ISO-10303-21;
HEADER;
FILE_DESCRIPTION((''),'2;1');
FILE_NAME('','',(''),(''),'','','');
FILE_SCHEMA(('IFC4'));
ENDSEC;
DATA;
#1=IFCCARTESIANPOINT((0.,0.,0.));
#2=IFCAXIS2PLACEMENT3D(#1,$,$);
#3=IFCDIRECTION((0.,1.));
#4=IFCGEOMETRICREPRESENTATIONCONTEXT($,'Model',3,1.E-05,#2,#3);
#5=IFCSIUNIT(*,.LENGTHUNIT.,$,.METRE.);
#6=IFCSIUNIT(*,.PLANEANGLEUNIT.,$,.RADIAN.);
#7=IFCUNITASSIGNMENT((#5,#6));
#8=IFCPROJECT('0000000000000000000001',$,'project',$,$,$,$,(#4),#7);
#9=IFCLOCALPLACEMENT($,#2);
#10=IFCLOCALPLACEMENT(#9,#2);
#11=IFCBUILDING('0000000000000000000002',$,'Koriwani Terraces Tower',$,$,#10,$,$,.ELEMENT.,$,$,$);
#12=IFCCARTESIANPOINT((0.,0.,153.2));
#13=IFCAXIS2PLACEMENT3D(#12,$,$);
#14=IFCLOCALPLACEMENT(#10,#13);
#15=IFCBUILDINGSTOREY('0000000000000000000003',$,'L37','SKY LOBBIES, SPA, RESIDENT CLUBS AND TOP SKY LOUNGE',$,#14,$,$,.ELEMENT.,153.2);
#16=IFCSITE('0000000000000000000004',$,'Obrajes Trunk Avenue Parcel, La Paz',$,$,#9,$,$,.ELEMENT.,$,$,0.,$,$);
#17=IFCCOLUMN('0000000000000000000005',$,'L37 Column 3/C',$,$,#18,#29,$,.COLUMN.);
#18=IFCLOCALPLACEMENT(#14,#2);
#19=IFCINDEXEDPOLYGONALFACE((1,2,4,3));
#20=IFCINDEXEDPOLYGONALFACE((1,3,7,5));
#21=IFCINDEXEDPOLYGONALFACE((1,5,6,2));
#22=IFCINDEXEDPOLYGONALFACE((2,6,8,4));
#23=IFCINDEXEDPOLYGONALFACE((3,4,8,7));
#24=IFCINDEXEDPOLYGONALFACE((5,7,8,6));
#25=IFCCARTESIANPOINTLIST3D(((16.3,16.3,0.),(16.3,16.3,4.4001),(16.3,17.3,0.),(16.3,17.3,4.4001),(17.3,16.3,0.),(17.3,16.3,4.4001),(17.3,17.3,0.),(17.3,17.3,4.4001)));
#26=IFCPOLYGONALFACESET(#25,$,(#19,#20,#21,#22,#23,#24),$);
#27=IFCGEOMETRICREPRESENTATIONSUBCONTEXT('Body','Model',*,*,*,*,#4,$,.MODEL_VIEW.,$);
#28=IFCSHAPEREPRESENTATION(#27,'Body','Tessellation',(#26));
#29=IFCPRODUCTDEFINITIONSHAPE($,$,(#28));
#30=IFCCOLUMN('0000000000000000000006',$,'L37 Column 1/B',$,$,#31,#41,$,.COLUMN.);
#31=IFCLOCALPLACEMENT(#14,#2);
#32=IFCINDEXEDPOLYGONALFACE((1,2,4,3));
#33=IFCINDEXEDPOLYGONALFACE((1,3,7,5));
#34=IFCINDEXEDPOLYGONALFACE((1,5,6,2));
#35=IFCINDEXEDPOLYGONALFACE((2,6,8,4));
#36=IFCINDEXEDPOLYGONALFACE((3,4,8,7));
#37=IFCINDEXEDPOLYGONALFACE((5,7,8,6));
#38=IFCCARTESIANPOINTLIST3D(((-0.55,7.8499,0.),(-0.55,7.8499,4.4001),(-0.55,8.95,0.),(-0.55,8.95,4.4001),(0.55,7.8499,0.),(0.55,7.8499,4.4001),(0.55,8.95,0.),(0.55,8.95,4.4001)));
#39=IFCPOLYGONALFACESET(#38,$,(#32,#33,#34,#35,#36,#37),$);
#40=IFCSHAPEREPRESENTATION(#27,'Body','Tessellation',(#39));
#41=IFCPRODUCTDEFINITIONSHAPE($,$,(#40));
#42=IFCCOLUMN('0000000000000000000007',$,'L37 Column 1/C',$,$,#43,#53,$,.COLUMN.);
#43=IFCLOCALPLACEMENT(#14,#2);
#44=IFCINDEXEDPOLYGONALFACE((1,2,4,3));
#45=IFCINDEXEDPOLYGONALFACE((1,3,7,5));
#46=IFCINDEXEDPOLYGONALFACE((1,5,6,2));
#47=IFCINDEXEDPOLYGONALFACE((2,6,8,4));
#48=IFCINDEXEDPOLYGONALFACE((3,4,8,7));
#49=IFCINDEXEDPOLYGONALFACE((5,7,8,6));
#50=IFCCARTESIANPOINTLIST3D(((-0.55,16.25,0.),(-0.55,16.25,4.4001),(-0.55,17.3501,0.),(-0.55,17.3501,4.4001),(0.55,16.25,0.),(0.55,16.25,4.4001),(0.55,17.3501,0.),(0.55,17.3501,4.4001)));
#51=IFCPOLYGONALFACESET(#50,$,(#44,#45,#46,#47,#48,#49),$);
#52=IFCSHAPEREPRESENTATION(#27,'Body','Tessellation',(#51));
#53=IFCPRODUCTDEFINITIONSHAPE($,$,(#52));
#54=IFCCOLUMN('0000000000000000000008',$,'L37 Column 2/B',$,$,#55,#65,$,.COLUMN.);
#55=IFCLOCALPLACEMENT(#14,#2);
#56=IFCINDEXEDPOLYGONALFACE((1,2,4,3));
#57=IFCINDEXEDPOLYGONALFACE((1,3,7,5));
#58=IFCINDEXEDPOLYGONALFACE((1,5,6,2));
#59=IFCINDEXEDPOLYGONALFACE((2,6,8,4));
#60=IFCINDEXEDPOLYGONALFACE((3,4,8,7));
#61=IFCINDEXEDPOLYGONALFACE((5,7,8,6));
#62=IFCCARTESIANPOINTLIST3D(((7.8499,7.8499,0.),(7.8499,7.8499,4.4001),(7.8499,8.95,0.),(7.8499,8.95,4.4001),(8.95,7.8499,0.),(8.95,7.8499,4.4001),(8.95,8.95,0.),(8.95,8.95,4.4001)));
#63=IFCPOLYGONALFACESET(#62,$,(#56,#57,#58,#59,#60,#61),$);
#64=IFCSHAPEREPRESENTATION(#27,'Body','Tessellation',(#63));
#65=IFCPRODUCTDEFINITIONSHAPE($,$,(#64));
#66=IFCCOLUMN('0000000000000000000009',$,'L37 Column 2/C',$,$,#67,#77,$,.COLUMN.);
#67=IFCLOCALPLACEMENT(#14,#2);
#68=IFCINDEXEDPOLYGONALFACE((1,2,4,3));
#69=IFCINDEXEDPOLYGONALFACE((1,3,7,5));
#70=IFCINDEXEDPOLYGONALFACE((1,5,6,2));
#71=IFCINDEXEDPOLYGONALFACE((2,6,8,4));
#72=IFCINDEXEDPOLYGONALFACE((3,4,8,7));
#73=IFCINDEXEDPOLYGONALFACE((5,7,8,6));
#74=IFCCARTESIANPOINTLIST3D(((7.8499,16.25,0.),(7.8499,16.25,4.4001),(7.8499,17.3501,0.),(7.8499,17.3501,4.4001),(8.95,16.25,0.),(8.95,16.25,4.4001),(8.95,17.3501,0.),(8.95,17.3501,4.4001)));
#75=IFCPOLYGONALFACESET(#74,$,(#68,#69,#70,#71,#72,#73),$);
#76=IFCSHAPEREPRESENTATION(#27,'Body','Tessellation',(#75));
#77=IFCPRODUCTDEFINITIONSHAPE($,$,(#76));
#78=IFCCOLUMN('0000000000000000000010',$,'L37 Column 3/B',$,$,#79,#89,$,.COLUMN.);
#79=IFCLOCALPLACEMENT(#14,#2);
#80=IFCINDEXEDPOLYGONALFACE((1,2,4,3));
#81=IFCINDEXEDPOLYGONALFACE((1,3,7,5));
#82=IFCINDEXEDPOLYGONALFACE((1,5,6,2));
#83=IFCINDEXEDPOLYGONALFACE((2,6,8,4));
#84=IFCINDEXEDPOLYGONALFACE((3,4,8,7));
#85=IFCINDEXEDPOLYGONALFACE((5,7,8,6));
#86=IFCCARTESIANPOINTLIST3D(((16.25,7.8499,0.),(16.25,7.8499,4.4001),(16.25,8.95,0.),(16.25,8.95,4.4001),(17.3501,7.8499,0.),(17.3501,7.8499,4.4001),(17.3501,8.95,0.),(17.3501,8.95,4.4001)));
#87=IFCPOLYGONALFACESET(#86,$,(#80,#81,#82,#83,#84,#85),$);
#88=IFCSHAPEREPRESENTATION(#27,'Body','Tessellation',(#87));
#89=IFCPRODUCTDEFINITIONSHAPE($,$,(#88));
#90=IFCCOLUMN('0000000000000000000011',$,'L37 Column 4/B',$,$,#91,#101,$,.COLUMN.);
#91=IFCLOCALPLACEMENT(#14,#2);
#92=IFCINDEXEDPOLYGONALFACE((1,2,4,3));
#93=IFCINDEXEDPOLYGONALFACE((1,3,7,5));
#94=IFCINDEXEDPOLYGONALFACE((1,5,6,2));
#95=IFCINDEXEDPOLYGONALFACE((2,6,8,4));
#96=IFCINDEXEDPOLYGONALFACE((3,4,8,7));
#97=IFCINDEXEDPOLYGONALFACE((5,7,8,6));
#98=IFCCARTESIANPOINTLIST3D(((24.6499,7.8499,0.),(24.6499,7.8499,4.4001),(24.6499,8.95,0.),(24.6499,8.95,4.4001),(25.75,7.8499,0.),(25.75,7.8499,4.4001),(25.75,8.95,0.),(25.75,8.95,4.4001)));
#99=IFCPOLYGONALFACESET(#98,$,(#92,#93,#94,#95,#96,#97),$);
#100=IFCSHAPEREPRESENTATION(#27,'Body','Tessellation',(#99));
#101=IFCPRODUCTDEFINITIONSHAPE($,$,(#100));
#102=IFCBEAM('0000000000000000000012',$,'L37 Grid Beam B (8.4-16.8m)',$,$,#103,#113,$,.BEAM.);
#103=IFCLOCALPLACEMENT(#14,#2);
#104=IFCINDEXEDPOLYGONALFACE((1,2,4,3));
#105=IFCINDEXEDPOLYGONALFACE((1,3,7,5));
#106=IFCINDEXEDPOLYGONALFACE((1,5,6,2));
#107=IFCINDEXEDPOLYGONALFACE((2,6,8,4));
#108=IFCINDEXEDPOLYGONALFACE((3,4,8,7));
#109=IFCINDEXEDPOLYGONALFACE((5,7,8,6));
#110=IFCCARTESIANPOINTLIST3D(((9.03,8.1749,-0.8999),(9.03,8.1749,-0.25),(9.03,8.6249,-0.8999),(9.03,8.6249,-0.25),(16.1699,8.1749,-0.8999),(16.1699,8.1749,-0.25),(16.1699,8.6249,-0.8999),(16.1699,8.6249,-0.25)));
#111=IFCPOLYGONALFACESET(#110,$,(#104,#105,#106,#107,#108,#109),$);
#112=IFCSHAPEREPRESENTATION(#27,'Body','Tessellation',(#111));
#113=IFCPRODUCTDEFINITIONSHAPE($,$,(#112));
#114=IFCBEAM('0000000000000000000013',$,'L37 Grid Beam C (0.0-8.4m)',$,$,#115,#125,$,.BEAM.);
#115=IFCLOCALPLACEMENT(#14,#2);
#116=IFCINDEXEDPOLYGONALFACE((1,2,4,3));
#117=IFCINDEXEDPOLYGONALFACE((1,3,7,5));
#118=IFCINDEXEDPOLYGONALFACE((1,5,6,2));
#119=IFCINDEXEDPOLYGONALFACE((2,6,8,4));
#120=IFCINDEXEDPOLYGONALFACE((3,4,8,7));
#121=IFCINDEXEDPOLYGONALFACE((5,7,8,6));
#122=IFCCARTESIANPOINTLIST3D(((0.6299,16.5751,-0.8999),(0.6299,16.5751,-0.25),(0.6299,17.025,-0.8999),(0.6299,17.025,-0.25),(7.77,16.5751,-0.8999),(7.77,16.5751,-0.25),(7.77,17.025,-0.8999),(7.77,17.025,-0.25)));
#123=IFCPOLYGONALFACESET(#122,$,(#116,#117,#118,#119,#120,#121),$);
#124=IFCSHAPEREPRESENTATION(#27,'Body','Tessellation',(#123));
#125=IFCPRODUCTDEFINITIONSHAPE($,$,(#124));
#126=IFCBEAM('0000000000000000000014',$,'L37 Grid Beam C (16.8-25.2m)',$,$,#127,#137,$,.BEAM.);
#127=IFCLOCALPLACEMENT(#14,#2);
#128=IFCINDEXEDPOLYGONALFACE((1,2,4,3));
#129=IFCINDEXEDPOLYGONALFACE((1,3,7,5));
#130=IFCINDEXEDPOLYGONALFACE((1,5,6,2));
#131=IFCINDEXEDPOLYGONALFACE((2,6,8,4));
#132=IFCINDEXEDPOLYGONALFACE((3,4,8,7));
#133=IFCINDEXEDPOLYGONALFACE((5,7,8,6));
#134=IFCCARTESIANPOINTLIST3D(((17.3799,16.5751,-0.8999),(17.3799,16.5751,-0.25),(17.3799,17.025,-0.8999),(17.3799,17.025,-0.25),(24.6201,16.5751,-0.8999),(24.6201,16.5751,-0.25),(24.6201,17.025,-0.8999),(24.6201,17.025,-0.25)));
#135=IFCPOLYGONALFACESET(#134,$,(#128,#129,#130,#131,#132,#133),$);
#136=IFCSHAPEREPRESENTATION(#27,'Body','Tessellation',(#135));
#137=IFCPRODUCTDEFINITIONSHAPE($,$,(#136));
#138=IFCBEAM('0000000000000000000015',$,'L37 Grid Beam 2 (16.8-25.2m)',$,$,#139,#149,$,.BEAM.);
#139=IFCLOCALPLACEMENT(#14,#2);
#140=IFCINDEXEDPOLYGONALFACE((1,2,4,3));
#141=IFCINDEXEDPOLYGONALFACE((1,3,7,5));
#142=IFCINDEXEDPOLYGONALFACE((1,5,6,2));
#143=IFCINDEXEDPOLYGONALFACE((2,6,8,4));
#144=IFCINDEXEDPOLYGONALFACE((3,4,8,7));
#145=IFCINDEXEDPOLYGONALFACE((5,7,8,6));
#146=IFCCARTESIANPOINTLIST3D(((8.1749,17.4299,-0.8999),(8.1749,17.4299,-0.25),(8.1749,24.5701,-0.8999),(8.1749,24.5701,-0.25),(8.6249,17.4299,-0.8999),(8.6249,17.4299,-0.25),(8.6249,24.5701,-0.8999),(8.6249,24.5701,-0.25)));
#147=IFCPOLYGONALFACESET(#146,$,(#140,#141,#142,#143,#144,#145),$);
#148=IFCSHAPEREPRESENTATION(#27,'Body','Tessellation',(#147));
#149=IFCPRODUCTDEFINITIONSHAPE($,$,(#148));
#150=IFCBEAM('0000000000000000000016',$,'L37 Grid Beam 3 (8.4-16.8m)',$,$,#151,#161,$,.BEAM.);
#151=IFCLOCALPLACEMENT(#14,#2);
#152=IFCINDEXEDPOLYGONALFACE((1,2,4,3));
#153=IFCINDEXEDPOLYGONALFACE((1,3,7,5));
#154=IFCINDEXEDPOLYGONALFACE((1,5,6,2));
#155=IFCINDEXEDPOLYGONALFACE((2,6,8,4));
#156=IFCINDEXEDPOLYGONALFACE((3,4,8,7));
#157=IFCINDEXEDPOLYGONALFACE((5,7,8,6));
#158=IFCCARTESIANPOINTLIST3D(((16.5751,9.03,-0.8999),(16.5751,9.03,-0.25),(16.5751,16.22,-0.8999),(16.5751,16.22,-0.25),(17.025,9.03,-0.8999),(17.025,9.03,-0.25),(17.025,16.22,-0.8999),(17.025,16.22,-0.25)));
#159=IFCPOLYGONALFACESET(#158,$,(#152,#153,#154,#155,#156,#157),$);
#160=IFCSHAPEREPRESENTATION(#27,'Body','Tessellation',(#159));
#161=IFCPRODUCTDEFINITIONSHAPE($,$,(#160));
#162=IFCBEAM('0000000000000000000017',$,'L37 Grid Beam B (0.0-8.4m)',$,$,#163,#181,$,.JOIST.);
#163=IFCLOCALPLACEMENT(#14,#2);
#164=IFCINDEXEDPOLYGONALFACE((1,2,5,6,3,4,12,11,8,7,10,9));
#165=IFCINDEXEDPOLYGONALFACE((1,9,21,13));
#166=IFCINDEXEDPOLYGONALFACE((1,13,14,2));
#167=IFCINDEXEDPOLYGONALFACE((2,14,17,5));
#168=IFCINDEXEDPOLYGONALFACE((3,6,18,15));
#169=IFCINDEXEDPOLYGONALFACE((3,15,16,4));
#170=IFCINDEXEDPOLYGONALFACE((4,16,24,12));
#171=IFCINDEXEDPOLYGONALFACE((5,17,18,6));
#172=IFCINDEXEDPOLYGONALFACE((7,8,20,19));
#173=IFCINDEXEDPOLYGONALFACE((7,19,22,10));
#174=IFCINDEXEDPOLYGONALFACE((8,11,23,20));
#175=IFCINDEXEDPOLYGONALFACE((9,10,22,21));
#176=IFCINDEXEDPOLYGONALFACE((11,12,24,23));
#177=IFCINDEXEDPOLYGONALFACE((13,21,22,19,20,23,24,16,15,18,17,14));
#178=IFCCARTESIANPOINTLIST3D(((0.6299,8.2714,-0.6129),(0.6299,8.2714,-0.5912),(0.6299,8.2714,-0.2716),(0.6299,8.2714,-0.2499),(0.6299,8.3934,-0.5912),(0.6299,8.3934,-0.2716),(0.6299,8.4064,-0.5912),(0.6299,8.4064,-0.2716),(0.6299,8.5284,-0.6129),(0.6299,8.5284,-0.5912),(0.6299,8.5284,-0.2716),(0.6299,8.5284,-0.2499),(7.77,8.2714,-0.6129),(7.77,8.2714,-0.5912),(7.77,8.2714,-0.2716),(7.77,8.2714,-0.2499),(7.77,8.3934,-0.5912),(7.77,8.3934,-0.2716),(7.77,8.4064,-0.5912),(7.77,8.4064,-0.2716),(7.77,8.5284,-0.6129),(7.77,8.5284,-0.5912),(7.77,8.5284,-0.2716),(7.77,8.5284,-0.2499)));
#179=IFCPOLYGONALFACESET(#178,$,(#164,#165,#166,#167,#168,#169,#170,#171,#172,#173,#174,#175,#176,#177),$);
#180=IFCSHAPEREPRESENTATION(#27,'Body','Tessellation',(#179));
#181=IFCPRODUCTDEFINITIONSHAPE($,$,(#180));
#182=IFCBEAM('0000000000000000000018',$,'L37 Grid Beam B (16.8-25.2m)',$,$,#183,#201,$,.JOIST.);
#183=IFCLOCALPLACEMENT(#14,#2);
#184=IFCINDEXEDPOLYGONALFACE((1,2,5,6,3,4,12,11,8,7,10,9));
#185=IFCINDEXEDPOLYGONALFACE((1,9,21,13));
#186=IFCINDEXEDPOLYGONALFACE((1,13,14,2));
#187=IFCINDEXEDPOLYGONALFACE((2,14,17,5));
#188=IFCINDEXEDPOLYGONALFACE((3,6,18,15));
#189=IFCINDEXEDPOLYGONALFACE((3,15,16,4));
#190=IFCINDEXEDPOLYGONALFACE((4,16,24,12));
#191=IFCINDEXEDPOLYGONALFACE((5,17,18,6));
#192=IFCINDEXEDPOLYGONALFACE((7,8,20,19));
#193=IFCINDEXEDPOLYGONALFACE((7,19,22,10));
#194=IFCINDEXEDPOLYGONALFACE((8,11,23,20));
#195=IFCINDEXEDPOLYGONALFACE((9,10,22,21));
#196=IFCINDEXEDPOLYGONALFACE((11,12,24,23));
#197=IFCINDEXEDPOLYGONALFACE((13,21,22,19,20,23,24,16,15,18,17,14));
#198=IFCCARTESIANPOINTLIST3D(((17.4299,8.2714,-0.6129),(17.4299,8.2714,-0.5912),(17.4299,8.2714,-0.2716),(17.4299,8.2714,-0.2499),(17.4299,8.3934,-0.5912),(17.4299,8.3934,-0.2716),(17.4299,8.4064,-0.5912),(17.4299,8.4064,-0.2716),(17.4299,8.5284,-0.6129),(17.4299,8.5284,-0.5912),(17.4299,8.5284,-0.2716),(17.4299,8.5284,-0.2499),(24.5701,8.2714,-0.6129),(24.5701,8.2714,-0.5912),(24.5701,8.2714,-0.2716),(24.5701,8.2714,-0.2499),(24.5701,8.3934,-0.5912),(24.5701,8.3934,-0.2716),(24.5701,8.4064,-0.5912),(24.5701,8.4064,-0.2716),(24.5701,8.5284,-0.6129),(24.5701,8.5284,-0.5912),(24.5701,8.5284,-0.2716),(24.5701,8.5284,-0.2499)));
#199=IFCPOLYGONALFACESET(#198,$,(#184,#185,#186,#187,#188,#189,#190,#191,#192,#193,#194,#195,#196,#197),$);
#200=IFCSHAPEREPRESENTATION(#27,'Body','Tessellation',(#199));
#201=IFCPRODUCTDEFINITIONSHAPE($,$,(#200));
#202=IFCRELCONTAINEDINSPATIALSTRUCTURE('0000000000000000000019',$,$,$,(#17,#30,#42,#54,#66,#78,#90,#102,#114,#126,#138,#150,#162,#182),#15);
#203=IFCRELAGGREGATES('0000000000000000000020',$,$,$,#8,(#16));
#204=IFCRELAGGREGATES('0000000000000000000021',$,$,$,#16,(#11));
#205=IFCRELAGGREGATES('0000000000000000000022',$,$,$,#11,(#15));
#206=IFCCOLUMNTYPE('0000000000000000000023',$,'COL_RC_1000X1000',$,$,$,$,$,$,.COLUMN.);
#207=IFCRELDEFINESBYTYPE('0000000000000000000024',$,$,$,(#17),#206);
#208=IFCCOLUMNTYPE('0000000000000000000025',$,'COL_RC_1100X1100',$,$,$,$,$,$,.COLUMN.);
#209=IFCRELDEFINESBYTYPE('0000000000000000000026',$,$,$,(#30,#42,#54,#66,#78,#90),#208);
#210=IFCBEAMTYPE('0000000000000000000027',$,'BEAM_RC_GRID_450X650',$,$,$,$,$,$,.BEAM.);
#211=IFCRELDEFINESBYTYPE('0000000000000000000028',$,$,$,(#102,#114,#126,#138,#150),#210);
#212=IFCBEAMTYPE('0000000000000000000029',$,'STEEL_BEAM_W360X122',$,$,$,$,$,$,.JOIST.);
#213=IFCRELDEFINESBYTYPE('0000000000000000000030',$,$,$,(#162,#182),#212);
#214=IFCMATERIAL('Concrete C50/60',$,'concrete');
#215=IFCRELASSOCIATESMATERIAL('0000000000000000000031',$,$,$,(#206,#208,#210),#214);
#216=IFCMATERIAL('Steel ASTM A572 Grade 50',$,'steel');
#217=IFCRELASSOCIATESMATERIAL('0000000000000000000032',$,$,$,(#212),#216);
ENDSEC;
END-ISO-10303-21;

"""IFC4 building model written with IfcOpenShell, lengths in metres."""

from ifc_helpers import new_model, si_unit, direction, frame, origin, origin_2d, place, context, subcontext, project, spatial, rectangle, i_section, extrude, material, material_profile, profile_set, type_object, element, save


model = new_model("IFC4")

# Units and contexts
model_context = context("Model", 3, precision=1e-05, world=origin(), true_north=direction((0.0, 1.0)))
body_context = subcontext(model_context, "Body", "Model", "MODEL_VIEW")
ifc_project = project(units=[si_unit("LENGTHUNIT", "METRE"), si_unit("PLANEANGLEUNIT", "RADIAN")], contexts=[model_context])

# Site, building, storey
site_placement = place(None, origin())
site = spatial("IfcSite", under=ifc_project, at=site_placement, Name="Obrajes Trunk Avenue Parcel, La Paz", CompositionType="ELEMENT", RefElevation=0.0)
building_placement = place(site_placement, origin())
building = spatial("IfcBuilding", under=site, at=building_placement, Name="Koriwani Terraces Tower", CompositionType="ELEMENT")
storey_placement = place(building_placement, frame((0.0, 0.0, 153.2)))
storey = spatial("IfcBuildingStorey", under=building, at=storey_placement, Name="L37", Description="SKY LOBBIES, SPA, RESIDENT CLUBS AND TOP SKY LOUNGE", CompositionType="ELEMENT", Elevation=153.2)

# Columns
ifc_material_1 = material(Name="Concrete C50/60", Category="concrete")
ifc_material_profile_1 = material_profile(ifc_material_1, rectangle(XDim=1.0, YDim=1.0, at=origin_2d()), Name="Concrete C50/60", Category="LoadBearing")
ifc_profile_set_1 = profile_set([ifc_material_profile_1], Name="Concrete C50/60")
column_type_1 = type_object("IfcColumnType", Name="COL_RC_1000X1000", PredefinedType="COLUMN", material=ifc_profile_set_1)
column_placement = place(storey_placement, frame((16.8, 16.8, 0.0), z_axis=(0.0, 0.0, 1.0), x_axis=(1.0, 0.0, 0.0)))
element("IfcColumn", 1, at=column_placement, inside=storey, type_object=column_type_1, Name="L37 Column 3/C", PredefinedType="COLUMN", context=body_context, shape_type="SweptSolid", body=[
    extrude(rectangle(XDim=1.0, YDim=1.0, at=origin_2d()), origin(), (0.0, 0.0, 1.0), 4.4001),
])
ifc_material_profile_2 = material_profile(ifc_material_1, rectangle(XDim=1.1001, YDim=1.1001, at=origin_2d()), Name="Concrete C50/60", Category="LoadBearing")
ifc_profile_set_2 = profile_set([ifc_material_profile_2], Name="Concrete C50/60")
column_type_2 = type_object("IfcColumnType", Name="COL_RC_1100X1100", PredefinedType="COLUMN", material=ifc_profile_set_2)
for number, where, z_axis, x_axis, name in (
    (2, (0.0, 8.3999, 0.0), (0.0, 0.0, 1.0), (1.0, 0.0, 0.0), "L37 Column 1/B"),
    (3, (0.0, 16.8, 0.0), (0.0, 0.0, 1.0), (1.0, 0.0, 0.0), "L37 Column 1/C"),
    (4, (8.3999, 8.3999, 0.0), (0.0, 0.0, 1.0), (1.0, 0.0, 0.0), "L37 Column 2/B"),
    (5, (8.3999, 16.8, 0.0), (0.0, 0.0, 1.0), (1.0, 0.0, 0.0), "L37 Column 2/C"),
    (6, (16.8, 8.3999, 0.0), (0.0, 0.0, 1.0), (1.0, 0.0, 0.0), "L37 Column 3/B"),
    (7, (25.2, 8.3999, 0.0), (0.0, 0.0, 1.0), (1.0, 0.0, 0.0), "L37 Column 4/B"),
):
    element("IfcColumn", number, at=place(storey_placement, frame(where, z_axis=z_axis, x_axis=x_axis)), inside=storey, type_object=column_type_2, Name=name, PredefinedType="COLUMN", context=body_context, shape_type="SweptSolid", body=[
        extrude(rectangle(XDim=1.1001, YDim=1.1001, at=origin_2d()), origin(), (0.0, 0.0, 1.0), 4.4001),
    ])

# Beams
ifc_material_profile_3 = material_profile(ifc_material_1, rectangle(XDim=0.45, YDim=0.6499, at=origin_2d()), Name="Concrete C50/60", Category="LoadBearing")
ifc_profile_set_3 = profile_set([ifc_material_profile_3], Name="Concrete C50/60")
beam_type_1 = type_object("IfcBeamType", Name="BEAM_RC_GRID_450X650", PredefinedType="BEAM", material=ifc_profile_set_3)
beam_1_placement = place(storey_placement, frame((9.03, 8.3999, -0.575), z_axis=(1.0, 0.0, 0.0), x_axis=(0.0, 1.0, 0.0)))
element("IfcBeam", 8, at=beam_1_placement, inside=storey, type_object=beam_type_1, Name="L37 Grid Beam B (8.4-16.8m)", PredefinedType="BEAM", context=body_context, shape_type="SweptSolid", body=[
    extrude(rectangle(XDim=0.45, YDim=0.6499, at=origin_2d()), origin(), (0.0, 0.0, 1.0), 7.1399),
])
beam_2_placement = place(storey_placement, frame((0.6299, 16.8, -0.575), z_axis=(1.0, 0.0, 0.0), x_axis=(0.0, 1.0, 0.0)))
element("IfcBeam", 9, at=beam_2_placement, inside=storey, type_object=beam_type_1, Name="L37 Grid Beam C (0.0-8.4m)", PredefinedType="BEAM", context=body_context, shape_type="SweptSolid", body=[
    extrude(rectangle(XDim=0.45, YDim=0.6499, at=origin_2d()), origin(), (0.0, 0.0, 1.0), 7.1401),
])
beam_3_placement = place(storey_placement, frame((17.3799, 16.8, -0.575), z_axis=(1.0, 0.0, 0.0), x_axis=(0.0, 1.0, 0.0)))
element("IfcBeam", 10, at=beam_3_placement, inside=storey, type_object=beam_type_1, Name="L37 Grid Beam C (16.8-25.2m)", PredefinedType="BEAM", context=body_context, shape_type="SweptSolid", body=[
    extrude(rectangle(XDim=0.45, YDim=0.6499, at=origin_2d()), origin(), (0.0, 0.0, 1.0), 7.2402),
])
beam_4_placement = place(storey_placement, frame((8.3999, 17.4299, -0.575), z_axis=(0.0, 1.0, 0.0), x_axis=(-1.0, 0.0, 0.0)))
element("IfcBeam", 11, at=beam_4_placement, inside=storey, type_object=beam_type_1, Name="L37 Grid Beam 2 (16.8-25.2m)", PredefinedType="BEAM", context=body_context, shape_type="SweptSolid", body=[
    extrude(rectangle(XDim=0.45, YDim=0.6499, at=origin_2d()), origin(), (0.0, 0.0, 1.0), 7.1401),
])
beam_5_placement = place(storey_placement, frame((16.8, 9.03, -0.575), z_axis=(0.0, 1.0, 0.0), x_axis=(-1.0, 0.0, 0.0)))
element("IfcBeam", 12, at=beam_5_placement, inside=storey, type_object=beam_type_1, Name="L37 Grid Beam 3 (8.4-16.8m)", PredefinedType="BEAM", context=body_context, shape_type="SweptSolid", body=[
    extrude(rectangle(XDim=0.45, YDim=0.6499, at=origin_2d()), origin(), (0.0, 0.0, 1.0), 7.1899),
])
ifc_material_2 = material(Name="Steel ASTM A572 Grade 50", Category="steel")
ifc_material_profile_4 = material_profile(ifc_material_2, i_section(OverallWidth=0.2571, OverallDepth=0.363, WebThickness=0.0129, FlangeThickness=0.0217, at=origin_2d()), Name="Steel ASTM A572 Grade 50", Category="LoadBearing")
ifc_profile_set_4 = profile_set([ifc_material_profile_4], Name="Steel ASTM A572 Grade 50")
beam_type_2 = type_object("IfcBeamType", Name="STEEL_BEAM_W360X122", PredefinedType="JOIST", material=ifc_profile_set_4)
for number, where, z_axis, x_axis, name in (
    (13, (0.6299, 8.3999, -0.4314), (1.0, 0.0, 0.0), (0.0, 1.0, 0.0), "L37 Grid Beam B (0.0-8.4m)"),
    (14, (17.4299, 8.3999, -0.4314), (1.0, 0.0, 0.0), (0.0, 1.0, 0.0), "L37 Grid Beam B (16.8-25.2m)"),
):
    element("IfcBeam", number, at=place(storey_placement, frame(where, z_axis=z_axis, x_axis=x_axis)), inside=storey, type_object=beam_type_2, Name=name, PredefinedType="JOIST", context=body_context, shape_type="SweptSolid", body=[
        extrude(i_section(OverallWidth=0.2571, OverallDepth=0.363, WebThickness=0.0129, FlangeThickness=0.0217, at=origin_2d()), origin(), (0.0, 0.0, 1.0), 7.1401),
    ])

save(model, "model.ifc")
